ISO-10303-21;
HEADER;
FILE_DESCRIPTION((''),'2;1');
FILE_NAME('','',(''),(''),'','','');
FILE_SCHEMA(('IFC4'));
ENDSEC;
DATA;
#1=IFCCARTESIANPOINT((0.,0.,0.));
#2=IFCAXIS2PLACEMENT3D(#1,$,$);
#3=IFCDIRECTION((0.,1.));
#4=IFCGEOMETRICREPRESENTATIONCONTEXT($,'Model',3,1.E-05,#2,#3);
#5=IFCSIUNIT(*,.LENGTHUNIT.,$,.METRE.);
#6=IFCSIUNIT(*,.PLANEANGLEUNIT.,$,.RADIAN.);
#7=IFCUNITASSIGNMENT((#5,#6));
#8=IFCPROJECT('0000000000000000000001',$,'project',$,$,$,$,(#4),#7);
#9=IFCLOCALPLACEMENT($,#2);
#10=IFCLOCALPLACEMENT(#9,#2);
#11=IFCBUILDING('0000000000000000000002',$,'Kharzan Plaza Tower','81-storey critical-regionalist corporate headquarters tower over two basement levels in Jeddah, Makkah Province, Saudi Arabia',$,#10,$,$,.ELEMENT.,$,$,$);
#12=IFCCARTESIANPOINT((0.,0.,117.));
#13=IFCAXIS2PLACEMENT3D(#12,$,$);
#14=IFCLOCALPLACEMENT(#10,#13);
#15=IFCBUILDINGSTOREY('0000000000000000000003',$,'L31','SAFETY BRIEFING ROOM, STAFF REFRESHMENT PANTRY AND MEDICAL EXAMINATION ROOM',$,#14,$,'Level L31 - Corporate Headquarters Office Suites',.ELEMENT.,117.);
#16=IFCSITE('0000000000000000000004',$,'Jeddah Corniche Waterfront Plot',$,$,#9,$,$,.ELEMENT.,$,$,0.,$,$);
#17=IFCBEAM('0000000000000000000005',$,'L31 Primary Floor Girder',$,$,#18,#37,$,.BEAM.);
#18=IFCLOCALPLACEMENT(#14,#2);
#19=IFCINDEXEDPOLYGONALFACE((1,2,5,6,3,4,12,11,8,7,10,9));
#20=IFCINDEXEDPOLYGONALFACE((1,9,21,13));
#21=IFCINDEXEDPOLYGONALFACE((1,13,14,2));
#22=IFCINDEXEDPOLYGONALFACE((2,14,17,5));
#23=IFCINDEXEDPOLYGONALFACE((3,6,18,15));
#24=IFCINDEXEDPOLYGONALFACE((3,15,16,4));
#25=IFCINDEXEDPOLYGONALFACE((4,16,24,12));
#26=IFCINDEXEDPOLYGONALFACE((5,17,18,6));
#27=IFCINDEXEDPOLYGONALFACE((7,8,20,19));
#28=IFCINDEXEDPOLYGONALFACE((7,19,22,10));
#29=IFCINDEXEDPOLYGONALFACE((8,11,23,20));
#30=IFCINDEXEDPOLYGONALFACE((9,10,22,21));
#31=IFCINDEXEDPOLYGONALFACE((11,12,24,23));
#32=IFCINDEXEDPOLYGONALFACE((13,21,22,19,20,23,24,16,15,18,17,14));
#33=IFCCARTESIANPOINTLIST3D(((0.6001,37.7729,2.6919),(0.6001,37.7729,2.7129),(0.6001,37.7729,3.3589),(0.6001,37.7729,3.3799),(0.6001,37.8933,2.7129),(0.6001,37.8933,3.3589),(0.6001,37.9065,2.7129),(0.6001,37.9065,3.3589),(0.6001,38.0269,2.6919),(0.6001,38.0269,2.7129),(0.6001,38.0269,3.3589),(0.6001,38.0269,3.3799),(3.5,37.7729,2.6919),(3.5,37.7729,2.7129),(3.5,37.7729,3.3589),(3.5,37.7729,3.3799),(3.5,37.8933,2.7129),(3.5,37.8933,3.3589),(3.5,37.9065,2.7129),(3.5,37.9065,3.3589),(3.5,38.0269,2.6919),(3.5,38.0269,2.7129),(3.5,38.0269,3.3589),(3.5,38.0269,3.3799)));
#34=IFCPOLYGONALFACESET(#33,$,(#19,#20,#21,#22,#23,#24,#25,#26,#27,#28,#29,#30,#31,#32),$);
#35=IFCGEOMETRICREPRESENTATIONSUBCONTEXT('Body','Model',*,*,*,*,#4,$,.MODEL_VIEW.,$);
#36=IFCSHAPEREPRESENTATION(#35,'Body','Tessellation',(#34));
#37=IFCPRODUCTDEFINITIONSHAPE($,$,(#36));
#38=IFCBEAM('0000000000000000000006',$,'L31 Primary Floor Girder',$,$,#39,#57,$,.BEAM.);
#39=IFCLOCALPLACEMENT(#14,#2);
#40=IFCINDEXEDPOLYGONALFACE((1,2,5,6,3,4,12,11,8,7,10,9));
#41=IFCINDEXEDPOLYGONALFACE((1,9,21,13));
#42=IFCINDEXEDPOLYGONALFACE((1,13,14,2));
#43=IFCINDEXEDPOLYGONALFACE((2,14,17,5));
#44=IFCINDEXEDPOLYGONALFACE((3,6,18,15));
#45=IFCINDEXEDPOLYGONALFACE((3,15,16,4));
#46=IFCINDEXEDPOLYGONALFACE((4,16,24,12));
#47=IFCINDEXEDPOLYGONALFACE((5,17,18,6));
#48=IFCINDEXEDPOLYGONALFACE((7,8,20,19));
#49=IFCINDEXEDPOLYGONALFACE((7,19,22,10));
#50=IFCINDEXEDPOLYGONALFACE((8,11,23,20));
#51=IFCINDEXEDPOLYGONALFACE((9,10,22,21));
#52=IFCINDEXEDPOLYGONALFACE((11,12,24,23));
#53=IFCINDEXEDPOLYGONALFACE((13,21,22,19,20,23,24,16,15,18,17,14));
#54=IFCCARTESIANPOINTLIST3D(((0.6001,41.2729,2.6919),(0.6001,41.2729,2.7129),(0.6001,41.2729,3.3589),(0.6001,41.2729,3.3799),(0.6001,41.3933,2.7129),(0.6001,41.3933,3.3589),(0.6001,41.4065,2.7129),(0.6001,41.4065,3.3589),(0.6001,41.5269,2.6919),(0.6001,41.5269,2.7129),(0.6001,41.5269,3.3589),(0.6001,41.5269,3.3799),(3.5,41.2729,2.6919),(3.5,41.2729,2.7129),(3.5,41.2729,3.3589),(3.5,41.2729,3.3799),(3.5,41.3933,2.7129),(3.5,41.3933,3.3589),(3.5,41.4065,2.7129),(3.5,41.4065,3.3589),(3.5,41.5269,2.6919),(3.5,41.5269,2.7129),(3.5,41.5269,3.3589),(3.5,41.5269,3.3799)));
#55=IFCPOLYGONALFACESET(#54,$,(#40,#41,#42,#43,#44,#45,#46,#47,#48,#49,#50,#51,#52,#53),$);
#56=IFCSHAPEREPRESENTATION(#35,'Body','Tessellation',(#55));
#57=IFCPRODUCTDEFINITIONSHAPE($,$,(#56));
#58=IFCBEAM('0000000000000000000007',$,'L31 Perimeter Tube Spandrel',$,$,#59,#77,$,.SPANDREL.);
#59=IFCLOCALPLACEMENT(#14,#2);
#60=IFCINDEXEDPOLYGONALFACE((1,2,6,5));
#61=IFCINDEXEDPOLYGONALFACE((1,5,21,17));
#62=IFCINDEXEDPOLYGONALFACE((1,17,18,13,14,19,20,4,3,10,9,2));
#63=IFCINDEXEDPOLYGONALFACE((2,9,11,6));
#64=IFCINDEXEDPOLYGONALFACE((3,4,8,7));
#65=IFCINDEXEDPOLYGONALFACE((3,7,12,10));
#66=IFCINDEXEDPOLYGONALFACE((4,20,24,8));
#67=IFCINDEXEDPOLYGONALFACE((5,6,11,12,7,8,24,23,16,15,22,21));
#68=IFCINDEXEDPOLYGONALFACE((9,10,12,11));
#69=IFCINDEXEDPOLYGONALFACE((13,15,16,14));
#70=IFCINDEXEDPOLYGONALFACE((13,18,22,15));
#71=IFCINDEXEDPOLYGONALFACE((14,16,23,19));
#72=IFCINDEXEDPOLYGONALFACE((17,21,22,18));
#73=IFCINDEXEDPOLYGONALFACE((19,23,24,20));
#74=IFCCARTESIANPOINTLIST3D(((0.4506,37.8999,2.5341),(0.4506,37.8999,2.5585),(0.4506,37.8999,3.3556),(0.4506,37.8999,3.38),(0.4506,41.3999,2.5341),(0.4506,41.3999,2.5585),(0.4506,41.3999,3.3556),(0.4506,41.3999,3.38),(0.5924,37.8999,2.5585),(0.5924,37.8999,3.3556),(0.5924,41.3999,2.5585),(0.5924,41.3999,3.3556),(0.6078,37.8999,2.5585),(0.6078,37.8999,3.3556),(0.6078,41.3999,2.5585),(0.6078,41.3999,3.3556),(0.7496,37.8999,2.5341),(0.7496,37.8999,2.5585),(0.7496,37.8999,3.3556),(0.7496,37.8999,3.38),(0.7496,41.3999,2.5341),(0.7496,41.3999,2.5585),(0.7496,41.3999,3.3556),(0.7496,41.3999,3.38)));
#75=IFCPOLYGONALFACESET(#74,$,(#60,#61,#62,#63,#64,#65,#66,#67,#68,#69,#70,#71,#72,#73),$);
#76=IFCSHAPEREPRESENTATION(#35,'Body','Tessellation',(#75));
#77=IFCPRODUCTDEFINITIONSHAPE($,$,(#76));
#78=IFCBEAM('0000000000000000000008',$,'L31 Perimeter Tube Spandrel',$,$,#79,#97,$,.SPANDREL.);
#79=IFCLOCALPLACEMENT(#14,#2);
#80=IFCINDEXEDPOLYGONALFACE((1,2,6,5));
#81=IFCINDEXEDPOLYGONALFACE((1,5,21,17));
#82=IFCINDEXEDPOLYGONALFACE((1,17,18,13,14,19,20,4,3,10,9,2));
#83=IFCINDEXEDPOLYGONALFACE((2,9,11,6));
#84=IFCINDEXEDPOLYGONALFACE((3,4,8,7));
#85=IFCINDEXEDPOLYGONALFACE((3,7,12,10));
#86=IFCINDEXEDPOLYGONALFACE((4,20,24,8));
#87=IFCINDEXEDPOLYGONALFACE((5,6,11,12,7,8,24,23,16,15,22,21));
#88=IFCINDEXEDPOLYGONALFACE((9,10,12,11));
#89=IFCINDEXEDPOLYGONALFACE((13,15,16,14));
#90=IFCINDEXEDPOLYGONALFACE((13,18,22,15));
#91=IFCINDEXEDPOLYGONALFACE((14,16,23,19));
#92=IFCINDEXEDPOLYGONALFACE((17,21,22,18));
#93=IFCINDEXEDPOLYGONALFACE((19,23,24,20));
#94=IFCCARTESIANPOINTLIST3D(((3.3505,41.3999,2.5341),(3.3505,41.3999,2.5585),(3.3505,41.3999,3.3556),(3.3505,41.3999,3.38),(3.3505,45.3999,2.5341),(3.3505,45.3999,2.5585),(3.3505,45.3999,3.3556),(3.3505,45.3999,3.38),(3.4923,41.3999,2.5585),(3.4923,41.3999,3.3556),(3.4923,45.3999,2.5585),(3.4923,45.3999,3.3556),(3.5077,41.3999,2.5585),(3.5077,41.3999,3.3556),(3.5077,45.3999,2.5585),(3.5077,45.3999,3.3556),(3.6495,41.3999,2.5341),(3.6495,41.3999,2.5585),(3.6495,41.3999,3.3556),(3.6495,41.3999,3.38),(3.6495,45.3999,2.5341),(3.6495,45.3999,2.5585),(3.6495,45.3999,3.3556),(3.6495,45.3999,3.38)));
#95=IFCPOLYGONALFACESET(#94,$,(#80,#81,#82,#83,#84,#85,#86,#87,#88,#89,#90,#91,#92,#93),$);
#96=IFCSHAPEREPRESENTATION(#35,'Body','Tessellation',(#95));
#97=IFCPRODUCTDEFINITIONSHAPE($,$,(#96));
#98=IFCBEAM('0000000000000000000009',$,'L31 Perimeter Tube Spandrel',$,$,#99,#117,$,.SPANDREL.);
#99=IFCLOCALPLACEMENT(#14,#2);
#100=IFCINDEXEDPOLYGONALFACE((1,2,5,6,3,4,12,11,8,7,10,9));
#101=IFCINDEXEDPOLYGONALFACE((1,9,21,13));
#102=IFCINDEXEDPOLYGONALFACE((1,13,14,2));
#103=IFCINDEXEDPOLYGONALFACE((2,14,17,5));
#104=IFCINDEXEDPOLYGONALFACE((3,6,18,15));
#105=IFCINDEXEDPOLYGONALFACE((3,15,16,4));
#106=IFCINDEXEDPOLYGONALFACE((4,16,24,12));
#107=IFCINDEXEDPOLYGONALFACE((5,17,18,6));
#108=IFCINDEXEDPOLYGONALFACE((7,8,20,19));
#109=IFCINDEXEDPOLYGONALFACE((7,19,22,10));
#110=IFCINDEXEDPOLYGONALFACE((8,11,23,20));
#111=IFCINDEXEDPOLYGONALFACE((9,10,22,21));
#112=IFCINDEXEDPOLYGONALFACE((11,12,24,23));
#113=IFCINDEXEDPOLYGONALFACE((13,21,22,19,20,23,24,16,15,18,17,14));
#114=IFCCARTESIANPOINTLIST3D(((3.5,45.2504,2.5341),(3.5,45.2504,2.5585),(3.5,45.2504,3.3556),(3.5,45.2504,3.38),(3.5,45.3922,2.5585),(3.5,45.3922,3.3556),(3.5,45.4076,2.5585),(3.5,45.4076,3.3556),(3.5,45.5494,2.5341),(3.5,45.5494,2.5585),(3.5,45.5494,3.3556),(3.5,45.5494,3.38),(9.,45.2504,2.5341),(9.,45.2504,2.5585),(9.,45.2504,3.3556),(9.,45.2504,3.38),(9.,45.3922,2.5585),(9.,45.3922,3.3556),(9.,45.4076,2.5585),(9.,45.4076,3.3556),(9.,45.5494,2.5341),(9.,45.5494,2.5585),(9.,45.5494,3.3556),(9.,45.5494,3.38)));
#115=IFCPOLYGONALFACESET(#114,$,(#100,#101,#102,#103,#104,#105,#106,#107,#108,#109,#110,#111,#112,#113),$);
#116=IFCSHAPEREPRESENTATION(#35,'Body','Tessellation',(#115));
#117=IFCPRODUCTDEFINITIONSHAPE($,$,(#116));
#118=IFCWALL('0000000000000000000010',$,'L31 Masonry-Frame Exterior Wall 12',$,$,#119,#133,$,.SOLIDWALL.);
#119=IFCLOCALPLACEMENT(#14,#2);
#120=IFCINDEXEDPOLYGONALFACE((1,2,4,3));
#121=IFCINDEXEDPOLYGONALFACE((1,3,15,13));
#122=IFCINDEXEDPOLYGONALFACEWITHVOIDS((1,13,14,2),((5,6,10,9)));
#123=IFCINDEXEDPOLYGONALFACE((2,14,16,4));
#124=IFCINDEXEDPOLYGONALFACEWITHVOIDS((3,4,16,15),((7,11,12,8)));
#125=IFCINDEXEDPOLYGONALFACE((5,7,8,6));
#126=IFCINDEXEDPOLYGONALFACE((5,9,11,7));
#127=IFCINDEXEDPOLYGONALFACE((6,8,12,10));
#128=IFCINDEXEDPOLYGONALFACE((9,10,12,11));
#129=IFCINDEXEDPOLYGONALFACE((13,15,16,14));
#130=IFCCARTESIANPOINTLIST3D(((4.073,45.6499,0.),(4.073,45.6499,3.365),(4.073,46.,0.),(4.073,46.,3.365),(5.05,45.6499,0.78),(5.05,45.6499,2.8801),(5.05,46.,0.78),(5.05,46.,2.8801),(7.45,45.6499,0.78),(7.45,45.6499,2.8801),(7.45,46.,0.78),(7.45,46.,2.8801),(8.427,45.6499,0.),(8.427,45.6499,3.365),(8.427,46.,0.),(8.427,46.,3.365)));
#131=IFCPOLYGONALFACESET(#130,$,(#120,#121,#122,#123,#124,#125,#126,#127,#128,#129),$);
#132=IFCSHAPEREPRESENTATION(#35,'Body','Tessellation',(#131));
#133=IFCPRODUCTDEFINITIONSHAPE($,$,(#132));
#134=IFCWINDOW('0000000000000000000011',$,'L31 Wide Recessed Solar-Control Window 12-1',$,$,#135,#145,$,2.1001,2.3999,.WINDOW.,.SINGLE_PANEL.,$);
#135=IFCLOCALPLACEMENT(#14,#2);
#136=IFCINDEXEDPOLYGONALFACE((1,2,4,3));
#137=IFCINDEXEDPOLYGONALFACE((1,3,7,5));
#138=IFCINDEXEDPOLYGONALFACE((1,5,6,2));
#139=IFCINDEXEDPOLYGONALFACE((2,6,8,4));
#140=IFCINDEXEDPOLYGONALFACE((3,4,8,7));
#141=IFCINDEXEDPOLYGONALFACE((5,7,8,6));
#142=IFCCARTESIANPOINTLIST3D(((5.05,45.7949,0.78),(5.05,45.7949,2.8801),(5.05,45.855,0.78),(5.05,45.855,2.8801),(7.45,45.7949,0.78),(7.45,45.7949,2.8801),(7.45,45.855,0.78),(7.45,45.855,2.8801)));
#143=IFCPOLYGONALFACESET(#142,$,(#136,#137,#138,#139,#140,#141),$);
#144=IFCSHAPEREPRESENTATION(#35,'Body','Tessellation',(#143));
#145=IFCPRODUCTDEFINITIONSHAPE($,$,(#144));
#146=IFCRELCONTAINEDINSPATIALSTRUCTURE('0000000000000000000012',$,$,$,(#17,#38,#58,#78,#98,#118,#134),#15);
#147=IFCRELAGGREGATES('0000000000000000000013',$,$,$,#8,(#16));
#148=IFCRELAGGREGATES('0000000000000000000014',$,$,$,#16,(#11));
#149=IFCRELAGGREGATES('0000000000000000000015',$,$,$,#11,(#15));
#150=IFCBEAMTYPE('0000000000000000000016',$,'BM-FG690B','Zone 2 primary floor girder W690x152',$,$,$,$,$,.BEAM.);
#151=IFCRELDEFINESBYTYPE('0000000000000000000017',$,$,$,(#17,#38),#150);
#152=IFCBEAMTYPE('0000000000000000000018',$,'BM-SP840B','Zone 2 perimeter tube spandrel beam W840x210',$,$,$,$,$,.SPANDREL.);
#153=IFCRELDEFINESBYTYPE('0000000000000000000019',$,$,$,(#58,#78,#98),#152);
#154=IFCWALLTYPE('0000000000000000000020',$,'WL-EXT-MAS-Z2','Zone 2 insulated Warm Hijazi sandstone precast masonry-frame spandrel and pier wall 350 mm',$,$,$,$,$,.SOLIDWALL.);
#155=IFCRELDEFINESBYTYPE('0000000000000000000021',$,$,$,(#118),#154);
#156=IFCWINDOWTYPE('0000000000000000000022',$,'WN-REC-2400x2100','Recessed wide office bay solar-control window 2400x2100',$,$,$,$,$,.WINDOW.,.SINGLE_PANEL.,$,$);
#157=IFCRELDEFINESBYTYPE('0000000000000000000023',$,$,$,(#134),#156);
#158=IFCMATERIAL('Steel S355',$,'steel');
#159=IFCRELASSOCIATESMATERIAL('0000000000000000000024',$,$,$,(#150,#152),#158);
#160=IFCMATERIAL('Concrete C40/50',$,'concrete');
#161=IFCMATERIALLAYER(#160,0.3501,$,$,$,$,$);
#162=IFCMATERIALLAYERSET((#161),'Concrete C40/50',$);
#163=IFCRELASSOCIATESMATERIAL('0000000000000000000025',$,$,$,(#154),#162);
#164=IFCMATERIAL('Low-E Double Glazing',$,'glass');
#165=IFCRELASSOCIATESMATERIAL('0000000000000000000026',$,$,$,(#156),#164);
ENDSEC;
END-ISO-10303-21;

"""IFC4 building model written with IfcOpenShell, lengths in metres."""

from ifc_helpers import new_model, si_unit, direction, frame, frame_2d, origin, origin_2d, place, context, subcontext, project, spatial, rectangle, i_section, extrude, source, transform, mapped, material, layer, layer_set, material_profile, profile_set, type_object, element, fill, save


model = new_model("IFC4")

# Units and contexts
model_context = context("Model", 3, precision=1e-05, world=origin(), true_north=direction((0.0, 1.0)))
body_context = subcontext(model_context, "Body", "Model", "MODEL_VIEW")
ifc_project = project(units=[si_unit("LENGTHUNIT", "METRE"), si_unit("PLANEANGLEUNIT", "RADIAN")], contexts=[model_context])

# Site, building, storey
site_placement = place(None, origin())
site = spatial("IfcSite", under=ifc_project, at=site_placement, Name="Jeddah Corniche Waterfront Plot", CompositionType="ELEMENT", RefElevation=0.0)
building_placement = place(site_placement, origin())
building = spatial("IfcBuilding", under=site, at=building_placement, Name="Kharzan Plaza Tower", Description="81-storey critical-regionalist corporate headquarters tower over two basement levels in Jeddah, Makkah Province, Saudi Arabia", CompositionType="ELEMENT")
storey_placement = place(building_placement, frame((0.0, 0.0, 117.0)))
storey = spatial("IfcBuildingStorey", under=building, at=storey_placement, Name="L31", Description="SAFETY BRIEFING ROOM, STAFF REFRESHMENT PANTRY AND MEDICAL EXAMINATION ROOM", LongName="Level L31 - Corporate Headquarters Office Suites", CompositionType="ELEMENT", Elevation=117.0)

# Beams
ifc_material_1 = material(Name="Steel S355", Category="steel")
ifc_material_profile_1 = material_profile(ifc_material_1, i_section(OverallWidth=0.2539, OverallDepth=0.688, WebThickness=0.0132, FlangeThickness=0.021, at=origin_2d()), Name="W690x152")
ifc_profile_set_1 = profile_set([ifc_material_profile_1], Name="Steel S355")
beam_type_1 = type_object("IfcBeamType", Name="BM-FG690B", Description="Zone 2 primary floor girder W690x152", PredefinedType="BEAM", material=ifc_profile_set_1)
shared_shape_1 = source(origin(), body_context, "Body", "SweptSolid", [
    extrude(i_section(OverallWidth=0.2539, OverallDepth=0.688, WebThickness=0.0132, FlangeThickness=0.021, at=origin_2d()), origin(), (0.0, 0.0, 1.0), 2.8999),
])
for number, where, z_axis, x_axis, name in (
    (1, (0.6001, 37.8999, 3.0359), (1.0, 0.0, 0.0), (0.0, 1.0, 0.0), "L31 Primary Floor Girder"),
    (2, (0.6001, 41.3999, 3.0359), (1.0, 0.0, 0.0), (0.0, 1.0, 0.0), "L31 Primary Floor Girder"),
):
    element("IfcBeam", number, at=place(storey_placement, frame(where, z_axis=z_axis, x_axis=x_axis)), inside=storey, type_object=beam_type_1, Name=name, PredefinedType="BEAM", context=body_context, shape_type="MappedRepresentation", body=[
        mapped(shared_shape_1, transform((0.0, 0.0, 0.0), x_axis=(1.0, 0.0, 0.0), y_axis=(0.0, 1.0, 0.0), z_axis=(0.0, 0.0, 1.0))),
    ])
ifc_material_profile_2 = material_profile(ifc_material_1, i_section(OverallWidth=0.2991, OverallDepth=0.8459, WebThickness=0.0154, FlangeThickness=0.0244, at=origin_2d()), Name="W840x210")
ifc_profile_set_2 = profile_set([ifc_material_profile_2], Name="Steel S355")
beam_type_2 = type_object("IfcBeamType", Name="BM-SP840B", Description="Zone 2 perimeter tube spandrel beam W840x210", PredefinedType="SPANDREL", material=ifc_profile_set_2)
shared_shape_2 = source(origin(), body_context, "Body", "SweptSolid", [
    extrude(i_section(OverallWidth=0.2991, OverallDepth=0.8459, WebThickness=0.0154, FlangeThickness=0.0244, at=origin_2d()), origin(), (0.0, 0.0, 1.0), 3.5),
])
beam_1_placement = place(storey_placement, frame((0.6001, 37.8999, 2.957), z_axis=(0.0, 1.0, 0.0), x_axis=(-1.0, 0.0, 0.0)))
element("IfcBeam", 3, at=beam_1_placement, inside=storey, type_object=beam_type_2, Name="L31 Perimeter Tube Spandrel", PredefinedType="SPANDREL", context=body_context, shape_type="MappedRepresentation", body=[
    mapped(shared_shape_2, transform((0.0, 0.0, 0.0), x_axis=(1.0, 0.0, 0.0), y_axis=(0.0, 1.0, 0.0), z_axis=(0.0, 0.0, 1.0))),
])
shared_shape_3 = source(origin(), body_context, "Body", "SweptSolid", [
    extrude(i_section(OverallWidth=0.2991, OverallDepth=0.8459, WebThickness=0.0154, FlangeThickness=0.0244, at=origin_2d()), origin(), (0.0, 0.0, 1.0), 4.0),
])
beam_2_placement = place(storey_placement, frame((3.5, 41.3999, 2.957), z_axis=(0.0, 1.0, 0.0), x_axis=(-1.0, 0.0, 0.0)))
element("IfcBeam", 4, at=beam_2_placement, inside=storey, type_object=beam_type_2, Name="L31 Perimeter Tube Spandrel", PredefinedType="SPANDREL", context=body_context, shape_type="MappedRepresentation", body=[
    mapped(shared_shape_3, transform((0.0, 0.0, 0.0), x_axis=(1.0, 0.0, 0.0), y_axis=(0.0, 1.0, 0.0), z_axis=(0.0, 0.0, 1.0))),
])
shared_shape_4 = source(origin(), body_context, "Body", "SweptSolid", [
    extrude(i_section(OverallWidth=0.2991, OverallDepth=0.8459, WebThickness=0.0154, FlangeThickness=0.0244, at=origin_2d()), origin(), (0.0, 0.0, 1.0), 5.5),
])
beam_3_placement = place(storey_placement, frame((3.5, 45.3999, 2.957), z_axis=(1.0, 0.0, 0.0), x_axis=(0.0, 1.0, 0.0)))
element("IfcBeam", 5, at=beam_3_placement, inside=storey, type_object=beam_type_2, Name="L31 Perimeter Tube Spandrel", PredefinedType="SPANDREL", context=body_context, shape_type="MappedRepresentation", body=[
    mapped(shared_shape_4, transform((0.0, 0.0, 0.0), x_axis=(1.0, 0.0, 0.0), y_axis=(0.0, 1.0, 0.0), z_axis=(0.0, 0.0, 1.0))),
])

# Wall, opening, window
ifc_material_2 = material(Name="Concrete C40/50", Category="concrete")
ifc_layer_1 = layer(ifc_material_2, 0.3501)
ifc_layer_set_1 = layer_set([ifc_layer_1], Name="Concrete C40/50")
wall_type_1 = type_object("IfcWallType", Name="WL-EXT-MAS-Z2", Description="Zone 2 insulated Warm Hijazi sandstone precast masonry-frame spandrel and pier wall 350 mm", PredefinedType="SOLIDWALL", material=ifc_layer_set_1)
wall_1_placement = place(storey_placement, frame((8.427, 45.825, 0.0), z_axis=(0.0, 0.0, 1.0), x_axis=(-1.0, 0.0, 0.0)))
wall_1 = element("IfcWall", 6, at=wall_1_placement, inside=storey, type_object=wall_type_1, Name="L31 Masonry-Frame Exterior Wall 12", PredefinedType="SOLIDWALL", context=body_context, shape_type="SweptSolid", body=[
    extrude(rectangle(XDim=4.354, YDim=0.3501, at=frame_2d((2.177, 0.0))), origin(), (0.0, 0.0, 1.0), 3.365),
])
opening_1_placement = place(wall_1_placement, frame((0.9771, 0.0, 0.78)))
opening_1 = element("IfcOpeningElement", 7, at=opening_1_placement, cuts=wall_1, PredefinedType="OPENING", context=body_context, shape_type="SweptSolid", body=[
    extrude(rectangle(XDim=2.3999, YDim=2.1001, at=frame_2d((1.2, 1.05))), frame((0.0, 0.1851, 0.0), z_axis=(0.0, -1.0, 0.0), x_axis=(1.0, 0.0, 0.0)), (0.0, 0.0, 1.0), 0.3701),
])
ifc_material_3 = material(Name="Low-E Double Glazing", Category="glass")
window_type_1 = type_object("IfcWindowType", Name="WN-REC-2400x2100", Description="Recessed wide office bay solar-control window 2400x2100", PartitioningType="SINGLE_PANEL", PredefinedType="WINDOW", material=ifc_material_3)
shared_shape_5 = source(origin(), body_context, "Body", "SweptSolid", [
    extrude(rectangle(XDim=2.3999, YDim=2.1001, at=frame_2d((1.2, 1.05))), frame((0.0, 0.03, 0.0), z_axis=(0.0, -1.0, 0.0), x_axis=(1.0, 0.0, 0.0)), (0.0, 0.0, 1.0), 0.0601),
])
window_1_placement = place(opening_1_placement, origin())
window_1 = element("IfcWindow", 8, at=window_1_placement, inside=storey, type_object=window_type_1, Name="L31 Wide Recessed Solar-Control Window 12-1", OverallHeight=2.1001, OverallWidth=2.3999, PartitioningType="SINGLE_PANEL", PredefinedType="WINDOW", context=body_context, shape_type="MappedRepresentation", body=[
    mapped(shared_shape_5, transform((0.0, 0.0, 0.0), x_axis=(1.0, 0.0, 0.0), y_axis=(0.0, 1.0, 0.0), z_axis=(0.0, 0.0, 1.0))),
])
fill(opening_1, window_1)

save(model, "model.ifc")
